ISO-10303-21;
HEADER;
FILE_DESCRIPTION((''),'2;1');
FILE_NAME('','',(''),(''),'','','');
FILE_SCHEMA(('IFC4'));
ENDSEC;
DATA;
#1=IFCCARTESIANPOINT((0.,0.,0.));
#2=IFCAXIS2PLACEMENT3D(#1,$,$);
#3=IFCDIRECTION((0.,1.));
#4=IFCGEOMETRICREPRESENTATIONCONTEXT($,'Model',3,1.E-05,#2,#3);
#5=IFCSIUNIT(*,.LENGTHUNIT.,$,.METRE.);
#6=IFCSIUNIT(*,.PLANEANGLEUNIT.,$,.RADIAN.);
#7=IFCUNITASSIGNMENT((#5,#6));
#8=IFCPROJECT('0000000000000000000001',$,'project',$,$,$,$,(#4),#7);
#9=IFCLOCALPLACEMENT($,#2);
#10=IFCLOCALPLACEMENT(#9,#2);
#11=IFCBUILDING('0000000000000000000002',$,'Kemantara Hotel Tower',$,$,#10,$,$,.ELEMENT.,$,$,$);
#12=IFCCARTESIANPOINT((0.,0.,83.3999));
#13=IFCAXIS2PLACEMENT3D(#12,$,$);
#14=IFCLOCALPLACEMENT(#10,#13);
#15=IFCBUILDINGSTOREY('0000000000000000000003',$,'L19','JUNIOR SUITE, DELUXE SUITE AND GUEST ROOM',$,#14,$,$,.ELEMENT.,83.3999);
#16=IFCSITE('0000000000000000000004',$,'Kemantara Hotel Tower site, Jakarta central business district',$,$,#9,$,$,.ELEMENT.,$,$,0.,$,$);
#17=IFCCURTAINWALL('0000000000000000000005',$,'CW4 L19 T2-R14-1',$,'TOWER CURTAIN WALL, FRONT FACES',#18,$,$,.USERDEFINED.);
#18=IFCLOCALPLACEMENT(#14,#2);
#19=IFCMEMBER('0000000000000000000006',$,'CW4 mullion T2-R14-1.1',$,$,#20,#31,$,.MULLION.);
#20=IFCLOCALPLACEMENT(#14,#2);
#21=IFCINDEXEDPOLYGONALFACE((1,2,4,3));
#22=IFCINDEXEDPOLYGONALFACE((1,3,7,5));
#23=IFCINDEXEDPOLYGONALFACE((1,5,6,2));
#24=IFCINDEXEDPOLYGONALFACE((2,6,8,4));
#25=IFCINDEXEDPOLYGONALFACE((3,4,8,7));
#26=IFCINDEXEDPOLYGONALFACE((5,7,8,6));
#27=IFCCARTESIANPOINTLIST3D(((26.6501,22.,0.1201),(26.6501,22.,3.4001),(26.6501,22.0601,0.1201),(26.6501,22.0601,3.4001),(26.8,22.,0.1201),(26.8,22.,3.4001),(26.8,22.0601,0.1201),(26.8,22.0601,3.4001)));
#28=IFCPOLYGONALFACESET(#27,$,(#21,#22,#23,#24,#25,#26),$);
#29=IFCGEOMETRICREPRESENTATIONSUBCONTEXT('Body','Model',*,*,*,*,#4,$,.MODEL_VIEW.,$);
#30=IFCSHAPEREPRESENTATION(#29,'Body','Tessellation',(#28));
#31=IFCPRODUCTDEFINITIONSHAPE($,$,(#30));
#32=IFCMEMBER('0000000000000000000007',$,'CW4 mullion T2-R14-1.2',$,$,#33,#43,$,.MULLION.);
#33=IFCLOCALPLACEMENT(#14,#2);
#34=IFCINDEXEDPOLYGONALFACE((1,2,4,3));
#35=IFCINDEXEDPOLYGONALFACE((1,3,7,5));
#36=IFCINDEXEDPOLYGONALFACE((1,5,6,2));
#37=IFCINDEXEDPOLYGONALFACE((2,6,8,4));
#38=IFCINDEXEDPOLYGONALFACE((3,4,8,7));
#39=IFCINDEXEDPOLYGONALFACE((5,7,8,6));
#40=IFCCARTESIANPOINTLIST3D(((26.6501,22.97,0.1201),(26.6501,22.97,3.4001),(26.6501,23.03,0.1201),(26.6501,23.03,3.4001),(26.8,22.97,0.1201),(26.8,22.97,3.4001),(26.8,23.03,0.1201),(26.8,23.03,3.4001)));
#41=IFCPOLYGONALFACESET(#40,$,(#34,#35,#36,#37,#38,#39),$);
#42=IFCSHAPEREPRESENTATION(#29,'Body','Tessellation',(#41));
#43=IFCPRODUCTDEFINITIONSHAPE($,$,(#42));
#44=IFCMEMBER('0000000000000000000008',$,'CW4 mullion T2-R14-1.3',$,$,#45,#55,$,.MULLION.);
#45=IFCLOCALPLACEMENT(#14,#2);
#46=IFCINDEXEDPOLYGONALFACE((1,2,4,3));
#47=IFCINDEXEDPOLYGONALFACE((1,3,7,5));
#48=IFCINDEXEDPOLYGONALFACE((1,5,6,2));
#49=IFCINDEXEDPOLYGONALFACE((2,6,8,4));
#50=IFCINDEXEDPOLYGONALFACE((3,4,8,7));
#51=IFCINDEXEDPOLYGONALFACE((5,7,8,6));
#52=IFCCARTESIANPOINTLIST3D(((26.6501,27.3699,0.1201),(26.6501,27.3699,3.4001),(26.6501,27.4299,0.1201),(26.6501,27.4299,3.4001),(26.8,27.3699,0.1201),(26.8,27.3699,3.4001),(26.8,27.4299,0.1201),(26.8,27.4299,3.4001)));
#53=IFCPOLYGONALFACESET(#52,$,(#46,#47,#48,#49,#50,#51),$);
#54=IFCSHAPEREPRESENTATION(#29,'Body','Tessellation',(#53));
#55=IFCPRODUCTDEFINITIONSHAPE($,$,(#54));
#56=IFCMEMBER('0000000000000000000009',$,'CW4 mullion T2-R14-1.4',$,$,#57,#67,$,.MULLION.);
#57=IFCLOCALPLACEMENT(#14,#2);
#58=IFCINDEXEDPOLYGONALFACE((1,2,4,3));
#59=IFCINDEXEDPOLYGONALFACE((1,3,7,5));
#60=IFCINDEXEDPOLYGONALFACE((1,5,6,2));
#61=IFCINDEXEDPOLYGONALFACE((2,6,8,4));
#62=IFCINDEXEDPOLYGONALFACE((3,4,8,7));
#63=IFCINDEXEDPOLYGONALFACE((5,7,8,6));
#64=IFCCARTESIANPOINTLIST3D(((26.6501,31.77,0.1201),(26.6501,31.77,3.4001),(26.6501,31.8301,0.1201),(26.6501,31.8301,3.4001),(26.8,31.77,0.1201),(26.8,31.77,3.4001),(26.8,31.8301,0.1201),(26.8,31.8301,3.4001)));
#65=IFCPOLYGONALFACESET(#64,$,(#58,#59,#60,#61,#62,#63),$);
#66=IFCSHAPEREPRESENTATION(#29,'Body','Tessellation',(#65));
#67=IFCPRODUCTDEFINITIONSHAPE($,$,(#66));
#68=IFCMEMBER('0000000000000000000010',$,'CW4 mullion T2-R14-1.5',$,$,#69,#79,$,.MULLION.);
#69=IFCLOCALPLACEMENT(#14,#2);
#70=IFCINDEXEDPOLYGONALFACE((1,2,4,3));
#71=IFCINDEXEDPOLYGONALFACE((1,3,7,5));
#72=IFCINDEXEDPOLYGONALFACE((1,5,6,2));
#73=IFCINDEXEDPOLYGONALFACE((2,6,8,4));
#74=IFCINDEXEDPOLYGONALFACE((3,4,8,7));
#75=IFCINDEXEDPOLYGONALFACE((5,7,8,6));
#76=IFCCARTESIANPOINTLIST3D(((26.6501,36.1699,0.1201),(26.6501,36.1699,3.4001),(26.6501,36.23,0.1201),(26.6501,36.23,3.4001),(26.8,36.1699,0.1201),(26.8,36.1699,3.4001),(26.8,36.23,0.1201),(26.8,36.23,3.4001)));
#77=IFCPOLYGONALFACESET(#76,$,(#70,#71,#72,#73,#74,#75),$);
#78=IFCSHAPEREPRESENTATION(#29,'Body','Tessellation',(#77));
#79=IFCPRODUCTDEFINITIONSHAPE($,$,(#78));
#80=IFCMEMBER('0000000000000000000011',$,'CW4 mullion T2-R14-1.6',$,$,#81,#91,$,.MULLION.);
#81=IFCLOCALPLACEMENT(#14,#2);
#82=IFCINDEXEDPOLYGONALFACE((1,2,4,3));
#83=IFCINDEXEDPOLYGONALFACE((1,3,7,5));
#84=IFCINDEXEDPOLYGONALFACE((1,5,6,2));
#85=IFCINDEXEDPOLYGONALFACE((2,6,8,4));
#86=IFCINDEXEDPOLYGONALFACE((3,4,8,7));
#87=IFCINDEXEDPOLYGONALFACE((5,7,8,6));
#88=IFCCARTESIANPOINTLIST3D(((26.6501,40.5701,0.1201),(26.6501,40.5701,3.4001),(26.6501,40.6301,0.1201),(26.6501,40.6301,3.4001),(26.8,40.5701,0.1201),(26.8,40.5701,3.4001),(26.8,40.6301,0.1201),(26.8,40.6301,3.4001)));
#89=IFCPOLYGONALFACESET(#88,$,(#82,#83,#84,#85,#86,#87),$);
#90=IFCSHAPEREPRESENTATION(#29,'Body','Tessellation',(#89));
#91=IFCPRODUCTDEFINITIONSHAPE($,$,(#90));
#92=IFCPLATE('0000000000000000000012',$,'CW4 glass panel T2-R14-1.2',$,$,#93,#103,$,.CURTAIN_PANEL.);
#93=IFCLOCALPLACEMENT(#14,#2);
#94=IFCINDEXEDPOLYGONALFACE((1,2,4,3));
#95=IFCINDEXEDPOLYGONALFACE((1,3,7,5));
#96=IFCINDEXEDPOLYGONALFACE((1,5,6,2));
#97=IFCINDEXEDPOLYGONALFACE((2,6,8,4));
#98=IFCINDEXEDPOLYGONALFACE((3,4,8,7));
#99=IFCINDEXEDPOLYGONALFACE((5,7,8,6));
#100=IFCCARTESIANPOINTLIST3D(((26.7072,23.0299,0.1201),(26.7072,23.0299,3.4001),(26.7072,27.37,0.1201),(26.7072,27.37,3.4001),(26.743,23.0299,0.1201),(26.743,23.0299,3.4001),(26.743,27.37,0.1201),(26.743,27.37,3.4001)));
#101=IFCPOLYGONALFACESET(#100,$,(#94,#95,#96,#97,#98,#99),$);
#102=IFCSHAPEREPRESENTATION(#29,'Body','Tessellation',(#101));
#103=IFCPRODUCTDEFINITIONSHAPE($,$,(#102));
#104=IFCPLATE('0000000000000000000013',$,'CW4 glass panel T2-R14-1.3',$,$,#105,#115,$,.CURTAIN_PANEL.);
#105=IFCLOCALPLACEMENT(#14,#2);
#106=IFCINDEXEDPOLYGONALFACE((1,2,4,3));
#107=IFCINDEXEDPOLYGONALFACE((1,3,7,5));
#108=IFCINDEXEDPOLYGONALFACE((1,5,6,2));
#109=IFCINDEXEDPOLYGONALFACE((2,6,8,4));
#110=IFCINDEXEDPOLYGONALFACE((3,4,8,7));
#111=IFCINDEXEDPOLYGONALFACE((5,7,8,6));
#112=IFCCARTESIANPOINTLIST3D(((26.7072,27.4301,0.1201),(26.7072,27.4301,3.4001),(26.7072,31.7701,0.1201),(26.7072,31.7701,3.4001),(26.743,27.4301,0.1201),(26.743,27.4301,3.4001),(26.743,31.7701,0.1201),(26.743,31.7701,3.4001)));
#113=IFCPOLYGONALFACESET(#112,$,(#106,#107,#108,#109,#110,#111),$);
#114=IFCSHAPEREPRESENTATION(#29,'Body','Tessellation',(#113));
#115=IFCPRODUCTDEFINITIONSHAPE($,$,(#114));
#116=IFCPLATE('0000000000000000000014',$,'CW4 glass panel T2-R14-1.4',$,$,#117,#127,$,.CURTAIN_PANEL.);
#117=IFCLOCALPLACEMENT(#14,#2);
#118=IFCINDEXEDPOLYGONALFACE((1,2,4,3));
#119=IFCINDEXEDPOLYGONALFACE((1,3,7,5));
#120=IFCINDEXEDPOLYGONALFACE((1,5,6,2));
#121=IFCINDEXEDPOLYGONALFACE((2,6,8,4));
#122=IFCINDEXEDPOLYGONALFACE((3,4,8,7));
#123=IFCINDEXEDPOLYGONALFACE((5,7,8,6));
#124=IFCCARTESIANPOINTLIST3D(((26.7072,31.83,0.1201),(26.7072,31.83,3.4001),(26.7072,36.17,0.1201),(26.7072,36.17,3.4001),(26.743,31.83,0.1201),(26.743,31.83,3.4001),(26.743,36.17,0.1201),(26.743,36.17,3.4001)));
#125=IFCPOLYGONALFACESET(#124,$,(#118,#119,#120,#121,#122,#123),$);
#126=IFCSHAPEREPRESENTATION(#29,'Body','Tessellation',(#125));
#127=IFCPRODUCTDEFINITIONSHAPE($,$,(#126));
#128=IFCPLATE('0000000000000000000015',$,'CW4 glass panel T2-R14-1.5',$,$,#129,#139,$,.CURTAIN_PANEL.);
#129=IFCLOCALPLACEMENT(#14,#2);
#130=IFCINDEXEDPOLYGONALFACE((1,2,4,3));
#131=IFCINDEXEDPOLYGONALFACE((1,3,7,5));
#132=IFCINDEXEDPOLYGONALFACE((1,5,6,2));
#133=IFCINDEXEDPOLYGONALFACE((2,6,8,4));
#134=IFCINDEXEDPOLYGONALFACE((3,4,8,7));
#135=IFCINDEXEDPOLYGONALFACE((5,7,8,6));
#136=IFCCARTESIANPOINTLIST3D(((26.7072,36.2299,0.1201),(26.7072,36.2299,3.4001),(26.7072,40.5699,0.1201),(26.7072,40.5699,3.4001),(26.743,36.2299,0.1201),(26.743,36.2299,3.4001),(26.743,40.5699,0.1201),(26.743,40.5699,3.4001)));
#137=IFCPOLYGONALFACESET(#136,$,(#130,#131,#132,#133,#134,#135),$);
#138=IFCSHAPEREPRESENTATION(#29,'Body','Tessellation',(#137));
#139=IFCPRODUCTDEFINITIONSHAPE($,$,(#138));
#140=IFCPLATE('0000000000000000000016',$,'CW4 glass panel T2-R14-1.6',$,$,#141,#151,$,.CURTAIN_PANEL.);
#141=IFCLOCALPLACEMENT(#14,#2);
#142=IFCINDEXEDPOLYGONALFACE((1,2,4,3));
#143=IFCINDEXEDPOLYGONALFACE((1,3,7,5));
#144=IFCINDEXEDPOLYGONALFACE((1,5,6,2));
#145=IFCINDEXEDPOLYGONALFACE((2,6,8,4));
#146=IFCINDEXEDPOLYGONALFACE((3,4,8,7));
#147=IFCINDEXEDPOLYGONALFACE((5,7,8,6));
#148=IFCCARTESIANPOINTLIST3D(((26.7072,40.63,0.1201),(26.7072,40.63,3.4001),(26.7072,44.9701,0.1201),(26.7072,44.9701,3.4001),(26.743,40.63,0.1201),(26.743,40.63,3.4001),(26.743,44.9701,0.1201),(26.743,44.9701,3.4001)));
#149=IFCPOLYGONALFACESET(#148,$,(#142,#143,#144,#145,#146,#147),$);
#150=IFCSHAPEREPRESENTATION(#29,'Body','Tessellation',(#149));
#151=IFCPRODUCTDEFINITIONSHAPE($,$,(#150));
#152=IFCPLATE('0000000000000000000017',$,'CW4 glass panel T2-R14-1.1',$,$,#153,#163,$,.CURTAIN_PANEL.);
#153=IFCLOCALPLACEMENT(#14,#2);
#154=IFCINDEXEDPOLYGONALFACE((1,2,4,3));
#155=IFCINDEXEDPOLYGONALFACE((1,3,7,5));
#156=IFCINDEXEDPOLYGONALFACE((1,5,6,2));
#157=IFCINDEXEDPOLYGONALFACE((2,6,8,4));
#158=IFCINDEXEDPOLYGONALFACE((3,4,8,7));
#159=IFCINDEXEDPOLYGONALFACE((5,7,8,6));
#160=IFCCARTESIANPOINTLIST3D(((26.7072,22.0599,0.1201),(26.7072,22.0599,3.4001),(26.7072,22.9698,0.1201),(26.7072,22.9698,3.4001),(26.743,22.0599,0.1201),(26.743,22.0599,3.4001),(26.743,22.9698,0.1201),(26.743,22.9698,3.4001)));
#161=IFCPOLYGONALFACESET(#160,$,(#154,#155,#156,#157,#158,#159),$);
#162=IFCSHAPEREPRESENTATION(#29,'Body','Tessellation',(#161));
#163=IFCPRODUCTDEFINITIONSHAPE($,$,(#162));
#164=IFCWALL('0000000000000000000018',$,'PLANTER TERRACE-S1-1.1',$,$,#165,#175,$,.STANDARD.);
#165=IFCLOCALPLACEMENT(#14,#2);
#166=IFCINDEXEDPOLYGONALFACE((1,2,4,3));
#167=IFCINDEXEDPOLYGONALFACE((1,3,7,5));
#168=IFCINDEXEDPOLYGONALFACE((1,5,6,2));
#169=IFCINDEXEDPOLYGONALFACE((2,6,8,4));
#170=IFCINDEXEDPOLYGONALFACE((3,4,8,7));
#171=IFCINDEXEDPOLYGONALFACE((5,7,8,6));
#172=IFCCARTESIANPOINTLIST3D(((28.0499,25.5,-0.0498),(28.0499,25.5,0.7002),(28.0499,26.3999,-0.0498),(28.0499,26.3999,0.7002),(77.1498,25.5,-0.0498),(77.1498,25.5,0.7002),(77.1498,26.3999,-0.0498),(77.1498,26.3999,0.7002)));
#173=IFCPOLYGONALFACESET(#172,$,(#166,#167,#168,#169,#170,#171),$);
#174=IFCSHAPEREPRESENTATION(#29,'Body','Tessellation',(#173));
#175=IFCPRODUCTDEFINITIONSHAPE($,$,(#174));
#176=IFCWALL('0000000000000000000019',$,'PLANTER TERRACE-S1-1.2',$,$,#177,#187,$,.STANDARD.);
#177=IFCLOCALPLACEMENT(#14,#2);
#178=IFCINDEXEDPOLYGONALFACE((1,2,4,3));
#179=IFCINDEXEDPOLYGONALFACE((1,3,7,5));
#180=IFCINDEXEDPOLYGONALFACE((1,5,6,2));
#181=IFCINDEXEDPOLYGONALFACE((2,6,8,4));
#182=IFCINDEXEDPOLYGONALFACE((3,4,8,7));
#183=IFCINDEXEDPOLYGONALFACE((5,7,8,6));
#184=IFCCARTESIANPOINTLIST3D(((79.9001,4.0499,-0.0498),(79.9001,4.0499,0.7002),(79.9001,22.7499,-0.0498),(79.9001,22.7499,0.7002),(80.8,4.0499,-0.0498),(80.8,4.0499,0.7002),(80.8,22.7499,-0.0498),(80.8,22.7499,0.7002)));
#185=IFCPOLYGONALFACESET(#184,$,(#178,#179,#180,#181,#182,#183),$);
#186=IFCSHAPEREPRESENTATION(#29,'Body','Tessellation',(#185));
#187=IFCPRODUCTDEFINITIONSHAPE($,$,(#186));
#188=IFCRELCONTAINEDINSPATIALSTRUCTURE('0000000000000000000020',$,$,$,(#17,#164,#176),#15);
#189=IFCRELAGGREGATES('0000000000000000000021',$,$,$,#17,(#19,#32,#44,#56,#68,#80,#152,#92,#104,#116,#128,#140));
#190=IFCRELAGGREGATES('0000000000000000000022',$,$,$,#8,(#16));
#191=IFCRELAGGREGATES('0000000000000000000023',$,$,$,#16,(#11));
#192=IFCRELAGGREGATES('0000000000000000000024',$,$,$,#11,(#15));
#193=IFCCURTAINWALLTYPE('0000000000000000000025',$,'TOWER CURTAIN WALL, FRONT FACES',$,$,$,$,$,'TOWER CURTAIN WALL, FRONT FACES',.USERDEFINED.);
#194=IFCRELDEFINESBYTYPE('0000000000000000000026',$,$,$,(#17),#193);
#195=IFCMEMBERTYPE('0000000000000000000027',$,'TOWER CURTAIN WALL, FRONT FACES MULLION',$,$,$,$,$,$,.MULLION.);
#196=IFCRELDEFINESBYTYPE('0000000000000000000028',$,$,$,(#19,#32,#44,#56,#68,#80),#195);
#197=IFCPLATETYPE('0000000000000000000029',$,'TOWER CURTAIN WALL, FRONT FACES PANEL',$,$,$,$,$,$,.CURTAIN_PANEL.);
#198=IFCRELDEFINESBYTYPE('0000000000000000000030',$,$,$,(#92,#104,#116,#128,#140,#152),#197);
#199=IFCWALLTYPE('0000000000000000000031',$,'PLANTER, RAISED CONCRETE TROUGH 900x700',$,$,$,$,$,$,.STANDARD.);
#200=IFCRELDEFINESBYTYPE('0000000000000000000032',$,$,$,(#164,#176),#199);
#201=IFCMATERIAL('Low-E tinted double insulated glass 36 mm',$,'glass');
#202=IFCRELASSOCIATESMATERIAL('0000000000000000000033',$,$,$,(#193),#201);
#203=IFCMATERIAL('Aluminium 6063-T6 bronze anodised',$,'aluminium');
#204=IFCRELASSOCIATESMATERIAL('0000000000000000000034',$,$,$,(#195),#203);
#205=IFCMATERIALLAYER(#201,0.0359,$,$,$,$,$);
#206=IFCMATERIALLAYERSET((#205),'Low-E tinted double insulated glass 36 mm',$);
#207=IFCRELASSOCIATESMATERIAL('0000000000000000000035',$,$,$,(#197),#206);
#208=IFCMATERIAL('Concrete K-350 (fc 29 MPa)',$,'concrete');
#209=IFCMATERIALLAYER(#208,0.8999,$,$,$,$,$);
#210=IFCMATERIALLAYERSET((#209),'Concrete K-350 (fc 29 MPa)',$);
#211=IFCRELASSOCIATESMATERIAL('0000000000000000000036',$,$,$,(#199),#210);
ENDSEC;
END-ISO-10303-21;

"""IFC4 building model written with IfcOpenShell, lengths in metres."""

from ifc_helpers import new_model, si_unit, direction, frame, frame_2d, origin, origin_2d, place, context, subcontext, project, spatial, rectangle, extrude, source, transform, mapped, material, layer, layer_set, material_profile, profile_set, type_object, element, aggregate, save


model = new_model("IFC4")

# Units and contexts
model_context = context("Model", 3, precision=1e-05, world=origin(), true_north=direction((0.0, 1.0)))
body_context = subcontext(model_context, "Body", "Model", "MODEL_VIEW")
ifc_project = project(units=[si_unit("LENGTHUNIT", "METRE"), si_unit("PLANEANGLEUNIT", "RADIAN")], contexts=[model_context])

# Site, building, storey
site_placement = place(None, origin())
site = spatial("IfcSite", under=ifc_project, at=site_placement, Name="Kemantara Hotel Tower site, Jakarta central business district", CompositionType="ELEMENT", RefElevation=0.0)
building_placement = place(site_placement, origin())
building = spatial("IfcBuilding", under=site, at=building_placement, Name="Kemantara Hotel Tower", CompositionType="ELEMENT")
storey_placement = place(building_placement, frame((0.0, 0.0, 83.3999)))
storey = spatial("IfcBuildingStorey", under=building, at=storey_placement, Name="L19", Description="JUNIOR SUITE, DELUXE SUITE AND GUEST ROOM", CompositionType="ELEMENT", Elevation=83.3999)

# Curtain wall, members, plates
ifc_material_1 = material(Name="Low-E tinted double insulated glass 36 mm", Category="glass")
curtain_wall_type = type_object("IfcCurtainWallType", Name="TOWER CURTAIN WALL, FRONT FACES", ElementType="TOWER CURTAIN WALL, FRONT FACES", PredefinedType="USERDEFINED", material=ifc_material_1)
curtain_wall_placement = place(storey_placement, origin())
curtain_wall = element("IfcCurtainWall", 1, at=curtain_wall_placement, inside=storey, type_object=curtain_wall_type, Name="CW4 L19 T2-R14-1", ObjectType="TOWER CURTAIN WALL, FRONT FACES", PredefinedType="USERDEFINED")
ifc_material_2 = material(Name="Aluminium 6063-T6 bronze anodised", Category="aluminium")
ifc_material_profile = material_profile(ifc_material_2, rectangle(XDim=0.1499, YDim=0.0601, at=origin_2d()), Name="TOWER CURTAIN WALL, FRONT FACES MULLION")
ifc_profile_set = profile_set([ifc_material_profile], Name="Aluminium 6063-T6 bronze anodised")
member_type = type_object("IfcMemberType", Name="TOWER CURTAIN WALL, FRONT FACES MULLION", PredefinedType="MULLION", material=ifc_profile_set)
shared_shape_1 = source(origin(), body_context, "Body", "SweptSolid", [
    extrude(rectangle(XDim=0.1499, YDim=0.0601, at=origin_2d()), origin(), (0.0, 0.0, 1.0), 3.28),
])
member_1_placement = place(storey_placement, frame((26.7251, 22.03, 0.1201), z_axis=(0.0, 0.0, 1.0), x_axis=(-1.0, 0.0, 0.0)))
member_1 = element("IfcMember", 2, at=member_1_placement, type_object=member_type, Name="CW4 mullion T2-R14-1.1", PredefinedType="MULLION", context=body_context, shape_type="MappedRepresentation", body=[
    mapped(shared_shape_1, transform((0.0, 0.0, 0.0))),
])
member_2_placement = place(storey_placement, frame((26.7251, 23.0, 0.1201), z_axis=(0.0, 0.0, 1.0), x_axis=(-1.0, 0.0, 0.0)))
member_2 = element("IfcMember", 3, at=member_2_placement, type_object=member_type, Name="CW4 mullion T2-R14-1.2", PredefinedType="MULLION", context=body_context, shape_type="MappedRepresentation", body=[
    mapped(shared_shape_1, transform((0.0, 0.0, 0.0))),
])
member_3_placement = place(storey_placement, frame((26.7251, 27.3999, 0.1201), z_axis=(0.0, 0.0, 1.0), x_axis=(-1.0, 0.0, 0.0)))
member_3 = element("IfcMember", 4, at=member_3_placement, type_object=member_type, Name="CW4 mullion T2-R14-1.3", PredefinedType="MULLION", context=body_context, shape_type="MappedRepresentation", body=[
    mapped(shared_shape_1, transform((0.0, 0.0, 0.0))),
])
member_4_placement = place(storey_placement, frame((26.7251, 31.8, 0.1201), z_axis=(0.0, 0.0, 1.0), x_axis=(-1.0, 0.0, 0.0)))
member_4 = element("IfcMember", 5, at=member_4_placement, type_object=member_type, Name="CW4 mullion T2-R14-1.4", PredefinedType="MULLION", context=body_context, shape_type="MappedRepresentation", body=[
    mapped(shared_shape_1, transform((0.0, 0.0, 0.0))),
])
member_5_placement = place(storey_placement, frame((26.7251, 36.2, 0.1201), z_axis=(0.0, 0.0, 1.0), x_axis=(-1.0, 0.0, 0.0)))
member_5 = element("IfcMember", 6, at=member_5_placement, type_object=member_type, Name="CW4 mullion T2-R14-1.5", PredefinedType="MULLION", context=body_context, shape_type="MappedRepresentation", body=[
    mapped(shared_shape_1, transform((0.0, 0.0, 0.0))),
])
member_6_placement = place(storey_placement, frame((26.7251, 40.6001, 0.1201), z_axis=(0.0, 0.0, 1.0), x_axis=(-1.0, 0.0, 0.0)))
member_6 = element("IfcMember", 7, at=member_6_placement, type_object=member_type, Name="CW4 mullion T2-R14-1.6", PredefinedType="MULLION", context=body_context, shape_type="MappedRepresentation", body=[
    mapped(shared_shape_1, transform((0.0, 0.0, 0.0))),
])
ifc_layer_1 = layer(ifc_material_1, 0.0359)
ifc_layer_set_1 = layer_set([ifc_layer_1], Name="Low-E tinted double insulated glass 36 mm")
plate_type = type_object("IfcPlateType", Name="TOWER CURTAIN WALL, FRONT FACES PANEL", PredefinedType="CURTAIN_PANEL", material=ifc_layer_set_1)
shared_shape_2 = source(origin(), body_context, "Body", "SweptSolid", [
    extrude(rectangle(XDim=4.3401, YDim=0.0359, at=origin_2d()), origin(), (0.0, 0.0, 1.0), 3.28),
])
plate_1_placement = place(storey_placement, frame((26.7251, 25.2, 0.1201), z_axis=(0.0, 0.0, 1.0), x_axis=(0.0, 1.0, 0.0)))
plate_1 = element("IfcPlate", 8, at=plate_1_placement, type_object=plate_type, Name="CW4 glass panel T2-R14-1.2", PredefinedType="CURTAIN_PANEL", context=body_context, shape_type="MappedRepresentation", body=[
    mapped(shared_shape_2, transform((0.0, 0.0, 0.0))),
])
plate_2_placement = place(storey_placement, frame((26.7251, 29.6001, 0.1201), z_axis=(0.0, 0.0, 1.0), x_axis=(0.0, 1.0, 0.0)))
plate_2 = element("IfcPlate", 9, at=plate_2_placement, type_object=plate_type, Name="CW4 glass panel T2-R14-1.3", PredefinedType="CURTAIN_PANEL", context=body_context, shape_type="MappedRepresentation", body=[
    mapped(shared_shape_2, transform((0.0, 0.0, 0.0))),
])
plate_3_placement = place(storey_placement, frame((26.7251, 34.0, 0.1201), z_axis=(0.0, 0.0, 1.0), x_axis=(0.0, 1.0, 0.0)))
plate_3 = element("IfcPlate", 10, at=plate_3_placement, type_object=plate_type, Name="CW4 glass panel T2-R14-1.4", PredefinedType="CURTAIN_PANEL", context=body_context, shape_type="MappedRepresentation", body=[
    mapped(shared_shape_2, transform((0.0, 0.0, 0.0))),
])
plate_4_placement = place(storey_placement, frame((26.7251, 38.3999, 0.1201), z_axis=(0.0, 0.0, 1.0), x_axis=(0.0, 1.0, 0.0)))
plate_4 = element("IfcPlate", 11, at=plate_4_placement, type_object=plate_type, Name="CW4 glass panel T2-R14-1.5", PredefinedType="CURTAIN_PANEL", context=body_context, shape_type="MappedRepresentation", body=[
    mapped(shared_shape_2, transform((0.0, 0.0, 0.0))),
])
plate_5_placement = place(storey_placement, frame((26.7251, 42.8, 0.1201), z_axis=(0.0, 0.0, 1.0), x_axis=(0.0, 1.0, 0.0)))
plate_5 = element("IfcPlate", 12, at=plate_5_placement, type_object=plate_type, Name="CW4 glass panel T2-R14-1.6", PredefinedType="CURTAIN_PANEL", context=body_context, shape_type="MappedRepresentation", body=[
    mapped(shared_shape_2, transform((0.0, 0.0, 0.0))),
])
shared_shape_3 = source(origin(), body_context, "Body", "SweptSolid", [
    extrude(rectangle(XDim=0.9099, YDim=0.0359, at=origin_2d()), origin(), (0.0, 0.0, 1.0), 3.28),
])
plate_6_placement = place(storey_placement, frame((26.7251, 22.5149, 0.1201), z_axis=(0.0, 0.0, 1.0), x_axis=(0.0, 1.0, 0.0)))
plate_6 = element("IfcPlate", 13, at=plate_6_placement, type_object=plate_type, Name="CW4 glass panel T2-R14-1.1", PredefinedType="CURTAIN_PANEL", context=body_context, shape_type="MappedRepresentation", body=[
    mapped(shared_shape_3, transform((0.0, 0.0, 0.0))),
])
aggregate(curtain_wall, [member_1, member_2, member_3, member_4, member_5, member_6, plate_6, plate_1, plate_2, plate_3, plate_4, plate_5])

# Walls
ifc_material_3 = material(Name="Concrete K-350 (fc 29 MPa)", Category="concrete")
ifc_layer_2 = layer(ifc_material_3, 0.8999)
ifc_layer_set_2 = layer_set([ifc_layer_2], Name="Concrete K-350 (fc 29 MPa)")
wall_type = type_object("IfcWallType", Name="PLANTER, RAISED CONCRETE TROUGH 900x700", PredefinedType="STANDARD", material=ifc_layer_set_2)
wall_1_placement = place(storey_placement, frame((28.05, 25.95, -0.0498), z_axis=(0.0, 0.0, 1.0), x_axis=(1.0, 0.0, 0.0)))
element("IfcWall", 14, at=wall_1_placement, inside=storey, type_object=wall_type, Name="PLANTER TERRACE-S1-1.1", PredefinedType="STANDARD", context=body_context, shape_type="SweptSolid", body=[
    extrude(rectangle(XDim=49.0999, YDim=0.8999, at=frame_2d((24.5498, 0.0))), origin(), (0.0, 0.0, 1.0), 0.75),
])
wall_2_placement = place(storey_placement, frame((80.3501, 22.75, -0.0498), z_axis=(0.0, 0.0, 1.0), x_axis=(0.0, -1.0, 0.0)))
element("IfcWall", 15, at=wall_2_placement, inside=storey, type_object=wall_type, Name="PLANTER TERRACE-S1-1.2", PredefinedType="STANDARD", context=body_context, shape_type="SweptSolid", body=[
    extrude(rectangle(XDim=18.7, YDim=0.8999, at=frame_2d((9.3501, 0.0))), origin(), (0.0, 0.0, 1.0), 0.75),
])

save(model, "model.ifc")
